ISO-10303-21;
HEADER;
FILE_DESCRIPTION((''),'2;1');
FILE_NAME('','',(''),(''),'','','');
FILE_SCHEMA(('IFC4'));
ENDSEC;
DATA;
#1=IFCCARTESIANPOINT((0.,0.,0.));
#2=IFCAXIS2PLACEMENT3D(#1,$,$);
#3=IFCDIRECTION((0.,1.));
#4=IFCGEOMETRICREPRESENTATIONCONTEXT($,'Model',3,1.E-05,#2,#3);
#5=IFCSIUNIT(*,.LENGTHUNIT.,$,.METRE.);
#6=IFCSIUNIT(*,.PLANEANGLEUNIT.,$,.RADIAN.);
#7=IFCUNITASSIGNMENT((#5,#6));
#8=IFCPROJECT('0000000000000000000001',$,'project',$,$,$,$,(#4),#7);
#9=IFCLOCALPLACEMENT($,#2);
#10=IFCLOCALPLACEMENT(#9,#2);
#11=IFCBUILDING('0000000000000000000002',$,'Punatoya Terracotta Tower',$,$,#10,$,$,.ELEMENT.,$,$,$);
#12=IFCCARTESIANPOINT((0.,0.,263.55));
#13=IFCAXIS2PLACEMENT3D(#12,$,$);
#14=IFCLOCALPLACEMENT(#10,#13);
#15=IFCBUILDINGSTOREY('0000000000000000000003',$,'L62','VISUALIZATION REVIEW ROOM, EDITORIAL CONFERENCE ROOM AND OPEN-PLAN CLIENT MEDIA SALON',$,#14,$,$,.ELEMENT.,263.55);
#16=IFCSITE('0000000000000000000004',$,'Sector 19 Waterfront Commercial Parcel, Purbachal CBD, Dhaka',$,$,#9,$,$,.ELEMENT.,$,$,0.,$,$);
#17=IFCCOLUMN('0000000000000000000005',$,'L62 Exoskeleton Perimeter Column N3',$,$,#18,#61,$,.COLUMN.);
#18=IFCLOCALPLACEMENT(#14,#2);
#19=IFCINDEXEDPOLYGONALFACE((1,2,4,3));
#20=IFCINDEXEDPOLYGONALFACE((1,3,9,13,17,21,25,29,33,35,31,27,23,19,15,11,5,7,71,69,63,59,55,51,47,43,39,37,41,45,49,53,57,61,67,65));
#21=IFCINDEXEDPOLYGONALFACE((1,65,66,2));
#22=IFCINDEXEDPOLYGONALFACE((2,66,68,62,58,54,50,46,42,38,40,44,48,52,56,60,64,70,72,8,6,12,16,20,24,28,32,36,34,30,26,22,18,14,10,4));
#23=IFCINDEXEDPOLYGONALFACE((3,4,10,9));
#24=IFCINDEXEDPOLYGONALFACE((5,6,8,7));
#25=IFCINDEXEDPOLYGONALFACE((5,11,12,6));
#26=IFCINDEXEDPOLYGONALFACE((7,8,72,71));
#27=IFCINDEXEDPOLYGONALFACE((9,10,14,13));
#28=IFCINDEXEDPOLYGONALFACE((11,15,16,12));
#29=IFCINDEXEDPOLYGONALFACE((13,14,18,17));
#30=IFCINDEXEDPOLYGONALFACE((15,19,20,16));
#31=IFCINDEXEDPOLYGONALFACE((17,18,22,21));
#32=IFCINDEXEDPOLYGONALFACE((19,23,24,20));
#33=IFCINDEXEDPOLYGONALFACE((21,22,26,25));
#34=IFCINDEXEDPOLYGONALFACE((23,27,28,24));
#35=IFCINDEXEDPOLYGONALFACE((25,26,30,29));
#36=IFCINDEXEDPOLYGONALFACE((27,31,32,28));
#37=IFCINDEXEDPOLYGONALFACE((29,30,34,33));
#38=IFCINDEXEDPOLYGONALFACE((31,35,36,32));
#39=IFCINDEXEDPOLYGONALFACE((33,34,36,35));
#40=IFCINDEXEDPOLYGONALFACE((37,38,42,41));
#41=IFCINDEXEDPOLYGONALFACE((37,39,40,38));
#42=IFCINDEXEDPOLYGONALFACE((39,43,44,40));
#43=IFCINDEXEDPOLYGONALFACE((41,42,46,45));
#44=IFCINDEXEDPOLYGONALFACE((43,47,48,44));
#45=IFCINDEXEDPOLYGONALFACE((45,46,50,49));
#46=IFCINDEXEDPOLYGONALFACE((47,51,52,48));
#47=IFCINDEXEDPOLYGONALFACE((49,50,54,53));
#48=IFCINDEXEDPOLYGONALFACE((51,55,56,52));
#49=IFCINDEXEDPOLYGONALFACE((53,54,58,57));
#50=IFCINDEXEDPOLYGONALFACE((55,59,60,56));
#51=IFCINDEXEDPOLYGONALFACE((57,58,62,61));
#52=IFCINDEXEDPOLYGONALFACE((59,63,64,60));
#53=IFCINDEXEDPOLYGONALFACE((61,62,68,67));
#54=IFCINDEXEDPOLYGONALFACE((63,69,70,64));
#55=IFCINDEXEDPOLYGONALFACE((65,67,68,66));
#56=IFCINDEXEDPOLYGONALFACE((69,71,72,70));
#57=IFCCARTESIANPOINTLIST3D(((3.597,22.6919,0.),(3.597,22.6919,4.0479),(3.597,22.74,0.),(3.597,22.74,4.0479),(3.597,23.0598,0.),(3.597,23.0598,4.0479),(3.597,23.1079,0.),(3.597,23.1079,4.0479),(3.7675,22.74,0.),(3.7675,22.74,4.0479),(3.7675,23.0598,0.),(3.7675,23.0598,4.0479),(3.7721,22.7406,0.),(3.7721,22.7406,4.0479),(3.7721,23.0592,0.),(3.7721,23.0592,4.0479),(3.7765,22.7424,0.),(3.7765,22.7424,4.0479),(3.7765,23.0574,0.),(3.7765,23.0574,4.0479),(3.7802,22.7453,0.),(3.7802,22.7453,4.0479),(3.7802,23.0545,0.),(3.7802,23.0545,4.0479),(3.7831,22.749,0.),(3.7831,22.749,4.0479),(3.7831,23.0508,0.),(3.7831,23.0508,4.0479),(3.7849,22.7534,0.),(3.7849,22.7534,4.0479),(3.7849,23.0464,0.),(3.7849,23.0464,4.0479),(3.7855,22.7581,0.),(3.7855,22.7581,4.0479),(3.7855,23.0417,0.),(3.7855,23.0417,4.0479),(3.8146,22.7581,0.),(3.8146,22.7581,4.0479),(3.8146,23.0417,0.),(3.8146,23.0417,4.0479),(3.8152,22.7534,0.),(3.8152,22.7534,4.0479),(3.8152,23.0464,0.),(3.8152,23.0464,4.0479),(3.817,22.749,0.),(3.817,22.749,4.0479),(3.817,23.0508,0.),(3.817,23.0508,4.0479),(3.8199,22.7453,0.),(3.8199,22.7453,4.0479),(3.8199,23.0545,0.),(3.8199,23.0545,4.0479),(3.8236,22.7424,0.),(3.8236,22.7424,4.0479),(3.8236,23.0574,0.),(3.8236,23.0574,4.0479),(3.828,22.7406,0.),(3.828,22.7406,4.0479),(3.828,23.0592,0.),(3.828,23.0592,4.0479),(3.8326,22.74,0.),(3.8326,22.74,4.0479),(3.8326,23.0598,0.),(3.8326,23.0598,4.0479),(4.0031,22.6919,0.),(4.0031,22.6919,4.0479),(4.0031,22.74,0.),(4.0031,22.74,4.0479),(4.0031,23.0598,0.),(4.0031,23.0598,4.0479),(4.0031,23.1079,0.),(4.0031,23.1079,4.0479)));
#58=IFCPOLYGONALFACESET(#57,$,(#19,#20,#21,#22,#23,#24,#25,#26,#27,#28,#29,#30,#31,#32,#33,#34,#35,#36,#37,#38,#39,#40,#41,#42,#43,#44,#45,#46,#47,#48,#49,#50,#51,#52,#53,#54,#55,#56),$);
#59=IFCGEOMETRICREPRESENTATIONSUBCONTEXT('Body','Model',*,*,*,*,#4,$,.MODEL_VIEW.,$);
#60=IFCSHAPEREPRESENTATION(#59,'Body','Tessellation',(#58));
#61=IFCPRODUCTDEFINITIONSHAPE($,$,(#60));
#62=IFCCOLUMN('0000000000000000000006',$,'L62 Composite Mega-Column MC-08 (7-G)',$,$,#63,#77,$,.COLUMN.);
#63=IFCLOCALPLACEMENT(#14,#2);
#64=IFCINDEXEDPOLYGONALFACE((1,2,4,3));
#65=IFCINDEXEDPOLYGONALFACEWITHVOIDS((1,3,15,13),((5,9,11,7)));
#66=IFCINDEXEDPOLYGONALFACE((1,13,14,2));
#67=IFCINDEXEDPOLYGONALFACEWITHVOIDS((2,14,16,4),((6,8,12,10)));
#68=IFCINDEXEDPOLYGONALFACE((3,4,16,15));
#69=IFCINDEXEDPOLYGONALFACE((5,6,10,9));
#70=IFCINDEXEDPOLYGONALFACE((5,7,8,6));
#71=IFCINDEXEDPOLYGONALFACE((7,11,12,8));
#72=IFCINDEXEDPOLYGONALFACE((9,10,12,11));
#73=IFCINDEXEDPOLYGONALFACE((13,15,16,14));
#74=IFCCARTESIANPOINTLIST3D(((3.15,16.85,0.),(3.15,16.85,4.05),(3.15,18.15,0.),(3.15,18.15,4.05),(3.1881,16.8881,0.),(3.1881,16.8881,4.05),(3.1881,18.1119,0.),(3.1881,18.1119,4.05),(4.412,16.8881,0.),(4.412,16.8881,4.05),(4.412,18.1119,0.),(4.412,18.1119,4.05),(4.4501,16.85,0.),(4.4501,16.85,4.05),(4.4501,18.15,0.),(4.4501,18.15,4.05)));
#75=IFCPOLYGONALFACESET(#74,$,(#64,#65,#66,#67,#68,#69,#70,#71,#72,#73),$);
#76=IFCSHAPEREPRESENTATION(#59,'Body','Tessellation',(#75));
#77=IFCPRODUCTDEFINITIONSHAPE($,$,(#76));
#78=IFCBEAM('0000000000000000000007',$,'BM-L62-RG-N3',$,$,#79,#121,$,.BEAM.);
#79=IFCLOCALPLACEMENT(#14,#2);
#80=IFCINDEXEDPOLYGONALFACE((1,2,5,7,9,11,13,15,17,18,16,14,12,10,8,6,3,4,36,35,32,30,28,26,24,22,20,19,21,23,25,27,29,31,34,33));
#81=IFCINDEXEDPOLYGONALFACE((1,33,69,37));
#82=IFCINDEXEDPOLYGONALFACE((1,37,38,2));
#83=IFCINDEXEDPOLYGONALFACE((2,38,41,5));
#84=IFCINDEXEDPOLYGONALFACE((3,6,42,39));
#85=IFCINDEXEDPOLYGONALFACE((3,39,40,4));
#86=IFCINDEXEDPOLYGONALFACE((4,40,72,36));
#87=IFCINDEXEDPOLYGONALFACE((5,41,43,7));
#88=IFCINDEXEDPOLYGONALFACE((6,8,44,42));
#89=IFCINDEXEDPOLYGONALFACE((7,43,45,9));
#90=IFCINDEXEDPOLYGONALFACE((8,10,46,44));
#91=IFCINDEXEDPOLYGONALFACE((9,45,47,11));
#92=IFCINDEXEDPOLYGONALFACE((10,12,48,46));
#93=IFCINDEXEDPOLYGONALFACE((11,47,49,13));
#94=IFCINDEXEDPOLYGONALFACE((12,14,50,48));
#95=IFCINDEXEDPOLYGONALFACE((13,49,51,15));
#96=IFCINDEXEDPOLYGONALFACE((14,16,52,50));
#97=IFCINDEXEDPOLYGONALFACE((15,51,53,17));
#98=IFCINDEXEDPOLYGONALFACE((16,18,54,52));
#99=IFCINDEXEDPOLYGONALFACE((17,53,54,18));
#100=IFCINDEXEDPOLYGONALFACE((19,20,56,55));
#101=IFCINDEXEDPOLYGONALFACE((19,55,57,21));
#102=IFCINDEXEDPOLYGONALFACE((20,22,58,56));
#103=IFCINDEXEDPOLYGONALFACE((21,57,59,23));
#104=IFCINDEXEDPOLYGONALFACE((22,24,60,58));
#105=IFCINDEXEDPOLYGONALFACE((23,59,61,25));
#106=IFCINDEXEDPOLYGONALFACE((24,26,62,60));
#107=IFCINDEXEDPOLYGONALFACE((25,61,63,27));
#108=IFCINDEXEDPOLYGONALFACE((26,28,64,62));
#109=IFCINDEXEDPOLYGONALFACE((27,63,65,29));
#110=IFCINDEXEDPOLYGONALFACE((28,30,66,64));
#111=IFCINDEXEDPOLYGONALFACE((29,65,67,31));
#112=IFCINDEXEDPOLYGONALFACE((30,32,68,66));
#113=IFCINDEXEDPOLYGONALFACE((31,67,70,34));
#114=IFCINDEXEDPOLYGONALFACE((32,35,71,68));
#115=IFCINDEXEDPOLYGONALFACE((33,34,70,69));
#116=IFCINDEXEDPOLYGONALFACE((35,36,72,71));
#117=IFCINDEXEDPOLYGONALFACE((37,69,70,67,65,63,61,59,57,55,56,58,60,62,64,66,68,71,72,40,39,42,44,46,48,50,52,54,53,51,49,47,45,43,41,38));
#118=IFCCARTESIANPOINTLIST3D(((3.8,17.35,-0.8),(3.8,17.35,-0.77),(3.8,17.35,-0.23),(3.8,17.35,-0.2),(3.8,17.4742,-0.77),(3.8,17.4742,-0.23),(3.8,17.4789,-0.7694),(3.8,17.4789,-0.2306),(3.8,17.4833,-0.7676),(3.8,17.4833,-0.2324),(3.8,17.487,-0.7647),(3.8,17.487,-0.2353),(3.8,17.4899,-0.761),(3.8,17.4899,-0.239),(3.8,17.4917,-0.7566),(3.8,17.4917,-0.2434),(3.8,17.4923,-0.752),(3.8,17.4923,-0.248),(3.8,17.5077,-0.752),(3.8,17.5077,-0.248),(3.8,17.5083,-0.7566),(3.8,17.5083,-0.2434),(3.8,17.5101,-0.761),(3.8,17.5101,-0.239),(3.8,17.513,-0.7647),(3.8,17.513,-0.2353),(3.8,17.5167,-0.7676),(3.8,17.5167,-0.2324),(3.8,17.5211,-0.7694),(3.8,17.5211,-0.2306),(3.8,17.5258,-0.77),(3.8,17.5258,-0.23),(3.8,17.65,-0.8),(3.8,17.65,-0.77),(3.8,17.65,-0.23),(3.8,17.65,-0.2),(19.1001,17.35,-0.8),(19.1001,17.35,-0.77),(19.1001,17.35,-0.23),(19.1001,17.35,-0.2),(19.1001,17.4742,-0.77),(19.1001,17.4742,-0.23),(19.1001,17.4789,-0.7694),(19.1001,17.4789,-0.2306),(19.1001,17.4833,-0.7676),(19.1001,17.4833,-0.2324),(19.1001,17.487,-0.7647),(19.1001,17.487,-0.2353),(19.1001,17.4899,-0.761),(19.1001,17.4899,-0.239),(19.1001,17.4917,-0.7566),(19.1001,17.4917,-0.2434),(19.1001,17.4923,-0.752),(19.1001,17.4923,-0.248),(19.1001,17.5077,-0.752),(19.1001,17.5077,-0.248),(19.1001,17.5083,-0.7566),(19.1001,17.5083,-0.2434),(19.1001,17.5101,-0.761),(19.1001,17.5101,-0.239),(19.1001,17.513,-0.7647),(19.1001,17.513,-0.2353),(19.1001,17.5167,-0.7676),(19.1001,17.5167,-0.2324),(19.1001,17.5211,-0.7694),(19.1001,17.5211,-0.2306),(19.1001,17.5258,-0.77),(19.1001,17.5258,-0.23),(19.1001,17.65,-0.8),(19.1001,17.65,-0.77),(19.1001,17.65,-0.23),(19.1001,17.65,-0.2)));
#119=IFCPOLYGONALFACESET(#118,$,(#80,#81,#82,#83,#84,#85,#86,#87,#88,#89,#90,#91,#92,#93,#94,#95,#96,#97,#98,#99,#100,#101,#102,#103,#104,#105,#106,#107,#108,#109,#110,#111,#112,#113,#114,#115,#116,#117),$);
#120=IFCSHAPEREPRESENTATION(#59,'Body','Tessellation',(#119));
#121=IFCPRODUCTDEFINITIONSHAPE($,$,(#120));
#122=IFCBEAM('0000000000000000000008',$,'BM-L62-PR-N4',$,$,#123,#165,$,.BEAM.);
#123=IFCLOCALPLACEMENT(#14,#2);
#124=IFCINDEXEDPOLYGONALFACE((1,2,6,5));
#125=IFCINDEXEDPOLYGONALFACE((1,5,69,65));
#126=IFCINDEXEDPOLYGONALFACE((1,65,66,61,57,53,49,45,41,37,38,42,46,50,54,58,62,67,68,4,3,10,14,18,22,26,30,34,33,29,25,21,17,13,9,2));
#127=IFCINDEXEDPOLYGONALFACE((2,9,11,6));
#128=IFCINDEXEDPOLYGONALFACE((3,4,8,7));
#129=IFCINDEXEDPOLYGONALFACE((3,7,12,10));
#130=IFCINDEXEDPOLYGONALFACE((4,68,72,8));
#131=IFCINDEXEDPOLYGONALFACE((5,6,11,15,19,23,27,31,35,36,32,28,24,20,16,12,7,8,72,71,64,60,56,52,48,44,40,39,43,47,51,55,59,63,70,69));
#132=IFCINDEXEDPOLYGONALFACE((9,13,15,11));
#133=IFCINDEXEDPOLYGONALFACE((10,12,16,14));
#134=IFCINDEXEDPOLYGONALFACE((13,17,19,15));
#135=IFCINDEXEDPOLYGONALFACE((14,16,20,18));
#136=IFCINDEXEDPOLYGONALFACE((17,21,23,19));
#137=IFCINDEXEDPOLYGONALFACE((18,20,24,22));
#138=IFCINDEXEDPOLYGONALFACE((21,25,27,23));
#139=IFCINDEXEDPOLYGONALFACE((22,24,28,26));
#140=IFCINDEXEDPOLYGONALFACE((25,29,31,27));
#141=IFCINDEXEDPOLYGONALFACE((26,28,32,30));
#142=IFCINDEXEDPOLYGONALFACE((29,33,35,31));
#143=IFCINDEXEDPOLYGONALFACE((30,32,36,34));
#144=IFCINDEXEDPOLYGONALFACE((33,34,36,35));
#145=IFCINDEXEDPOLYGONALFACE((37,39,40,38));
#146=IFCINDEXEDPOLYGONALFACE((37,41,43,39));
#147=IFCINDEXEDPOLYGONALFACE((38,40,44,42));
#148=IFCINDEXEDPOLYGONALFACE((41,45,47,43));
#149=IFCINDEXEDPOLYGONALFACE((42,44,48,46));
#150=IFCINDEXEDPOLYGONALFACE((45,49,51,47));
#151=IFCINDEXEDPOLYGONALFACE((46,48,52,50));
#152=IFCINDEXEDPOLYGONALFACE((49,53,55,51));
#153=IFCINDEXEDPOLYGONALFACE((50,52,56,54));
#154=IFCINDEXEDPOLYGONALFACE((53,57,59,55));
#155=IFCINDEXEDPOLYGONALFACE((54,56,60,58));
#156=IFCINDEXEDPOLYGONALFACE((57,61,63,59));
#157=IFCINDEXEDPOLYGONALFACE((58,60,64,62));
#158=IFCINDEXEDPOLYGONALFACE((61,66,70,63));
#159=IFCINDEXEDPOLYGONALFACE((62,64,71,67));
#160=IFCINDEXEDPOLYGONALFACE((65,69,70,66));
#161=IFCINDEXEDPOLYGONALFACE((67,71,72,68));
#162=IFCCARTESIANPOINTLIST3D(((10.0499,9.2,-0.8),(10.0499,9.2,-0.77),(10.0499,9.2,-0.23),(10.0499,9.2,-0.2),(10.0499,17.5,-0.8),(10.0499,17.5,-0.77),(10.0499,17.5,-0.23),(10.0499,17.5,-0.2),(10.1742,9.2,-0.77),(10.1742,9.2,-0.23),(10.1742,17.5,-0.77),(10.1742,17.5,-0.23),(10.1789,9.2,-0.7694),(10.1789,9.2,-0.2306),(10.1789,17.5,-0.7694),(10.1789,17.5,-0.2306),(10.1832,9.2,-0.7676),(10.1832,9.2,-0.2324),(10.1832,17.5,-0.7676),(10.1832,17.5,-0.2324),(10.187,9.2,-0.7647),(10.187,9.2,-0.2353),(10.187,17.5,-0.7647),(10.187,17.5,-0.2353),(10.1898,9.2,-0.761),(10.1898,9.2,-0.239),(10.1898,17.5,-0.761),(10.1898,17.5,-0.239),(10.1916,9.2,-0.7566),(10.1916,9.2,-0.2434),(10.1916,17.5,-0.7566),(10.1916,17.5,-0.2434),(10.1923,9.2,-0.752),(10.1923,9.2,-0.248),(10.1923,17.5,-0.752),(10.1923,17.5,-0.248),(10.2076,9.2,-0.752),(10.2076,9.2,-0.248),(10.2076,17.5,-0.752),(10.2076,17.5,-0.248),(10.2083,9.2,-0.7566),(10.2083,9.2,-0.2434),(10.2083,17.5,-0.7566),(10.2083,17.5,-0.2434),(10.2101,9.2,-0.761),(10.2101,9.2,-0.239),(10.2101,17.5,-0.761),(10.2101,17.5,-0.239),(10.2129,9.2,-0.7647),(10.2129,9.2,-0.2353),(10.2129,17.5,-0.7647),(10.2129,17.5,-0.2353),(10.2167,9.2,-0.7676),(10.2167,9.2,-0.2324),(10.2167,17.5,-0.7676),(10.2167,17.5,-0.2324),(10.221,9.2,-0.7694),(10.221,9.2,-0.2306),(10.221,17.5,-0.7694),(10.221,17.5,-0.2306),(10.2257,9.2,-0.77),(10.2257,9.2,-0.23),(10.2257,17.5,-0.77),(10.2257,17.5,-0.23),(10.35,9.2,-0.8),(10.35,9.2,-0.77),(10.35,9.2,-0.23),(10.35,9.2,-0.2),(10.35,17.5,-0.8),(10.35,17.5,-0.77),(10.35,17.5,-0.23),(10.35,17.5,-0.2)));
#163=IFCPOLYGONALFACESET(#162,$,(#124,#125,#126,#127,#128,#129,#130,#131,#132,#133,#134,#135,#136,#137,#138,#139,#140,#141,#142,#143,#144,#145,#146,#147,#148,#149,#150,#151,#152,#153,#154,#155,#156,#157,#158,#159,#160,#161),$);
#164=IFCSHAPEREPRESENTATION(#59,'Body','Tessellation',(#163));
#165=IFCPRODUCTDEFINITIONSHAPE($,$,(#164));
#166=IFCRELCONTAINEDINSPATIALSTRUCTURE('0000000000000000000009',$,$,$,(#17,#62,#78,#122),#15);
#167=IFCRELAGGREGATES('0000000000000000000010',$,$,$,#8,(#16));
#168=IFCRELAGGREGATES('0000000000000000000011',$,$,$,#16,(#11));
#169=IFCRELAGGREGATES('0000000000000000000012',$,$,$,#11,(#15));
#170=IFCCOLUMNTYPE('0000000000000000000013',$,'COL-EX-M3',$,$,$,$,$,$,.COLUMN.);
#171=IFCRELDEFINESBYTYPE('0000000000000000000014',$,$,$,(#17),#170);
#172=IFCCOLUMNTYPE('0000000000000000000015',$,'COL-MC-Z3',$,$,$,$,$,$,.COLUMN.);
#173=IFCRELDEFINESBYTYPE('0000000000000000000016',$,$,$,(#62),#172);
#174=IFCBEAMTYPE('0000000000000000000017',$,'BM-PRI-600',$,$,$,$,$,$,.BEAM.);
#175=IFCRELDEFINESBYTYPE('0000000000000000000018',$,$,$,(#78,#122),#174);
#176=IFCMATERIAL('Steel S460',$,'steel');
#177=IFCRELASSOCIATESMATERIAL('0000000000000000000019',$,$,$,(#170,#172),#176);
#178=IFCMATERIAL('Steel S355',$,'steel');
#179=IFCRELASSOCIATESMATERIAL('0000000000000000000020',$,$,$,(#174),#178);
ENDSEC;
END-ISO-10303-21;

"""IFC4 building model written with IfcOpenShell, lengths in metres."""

from ifc_helpers import new_model, si_unit, direction, frame, origin, origin_2d, place, context, subcontext, project, spatial, hollow_rectangle, i_section, extrude, material, material_profile, profile_set, type_object, element, save


model = new_model("IFC4")

# Units and contexts
model_context = context("Model", 3, precision=1e-05, world=origin(), true_north=direction((0.0, 1.0)))
body_context = subcontext(model_context, "Body", "Model", "MODEL_VIEW")
ifc_project = project(units=[si_unit("LENGTHUNIT", "METRE"), si_unit("PLANEANGLEUNIT", "RADIAN")], contexts=[model_context])

# Site, building, storey
site_placement = place(None, origin())
site = spatial("IfcSite", under=ifc_project, at=site_placement, Name="Sector 19 Waterfront Commercial Parcel, Purbachal CBD, Dhaka", CompositionType="ELEMENT", RefElevation=0.0)
building_placement = place(site_placement, origin())
building = spatial("IfcBuilding", under=site, at=building_placement, Name="Punatoya Terracotta Tower", CompositionType="ELEMENT")
storey_placement = place(building_placement, frame((0.0, 0.0, 263.55)))
storey = spatial("IfcBuildingStorey", under=building, at=storey_placement, Name="L62", Description="VISUALIZATION REVIEW ROOM, EDITORIAL CONFERENCE ROOM AND OPEN-PLAN CLIENT MEDIA SALON", CompositionType="ELEMENT", Elevation=263.55)

# Columns
ifc_material_1 = material(Name="Steel S460", Category="steel")
ifc_material_profile_1 = material_profile(ifc_material_1, i_section(OverallWidth=0.406, OverallDepth=0.416, WebThickness=0.0291, FlangeThickness=0.0481, FilletRadius=0.0181, at=origin_2d()))
ifc_profile_set_1 = profile_set([ifc_material_profile_1], Name="Steel S460")
column_type_1 = type_object("IfcColumnType", Name="COL-EX-M3", PredefinedType="COLUMN", material=ifc_profile_set_1)
column_1_placement = place(storey_placement, frame((3.8, 22.8999, 0.0), z_axis=(0.0, 0.0, 1.0), x_axis=(1.0, 0.0, 0.0)))
element("IfcColumn", 1, at=column_1_placement, inside=storey, type_object=column_type_1, Name="L62 Exoskeleton Perimeter Column N3", PredefinedType="COLUMN", context=body_context, shape_type="SweptSolid", body=[
    extrude(i_section(OverallWidth=0.406, OverallDepth=0.416, WebThickness=0.0291, FlangeThickness=0.0481, FilletRadius=0.0181, at=origin_2d()), origin(), (0.0, 0.0, 1.0), 4.0479),
])
ifc_material_profile_2 = material_profile(ifc_material_1, hollow_rectangle(XDim=1.3, YDim=1.3, WallThickness=0.0381, at=origin_2d()))
ifc_profile_set_2 = profile_set([ifc_material_profile_2], Name="Steel S460")
column_type_2 = type_object("IfcColumnType", Name="COL-MC-Z3", PredefinedType="COLUMN", material=ifc_profile_set_2)
column_2_placement = place(storey_placement, frame((3.8, 17.5, 0.0), z_axis=(0.0, 0.0, 1.0), x_axis=(1.0, 0.0, 0.0)))
element("IfcColumn", 2, at=column_2_placement, inside=storey, type_object=column_type_2, Name="L62 Composite Mega-Column MC-08 (7-G)", PredefinedType="COLUMN", context=body_context, shape_type="SweptSolid", body=[
    extrude(hollow_rectangle(XDim=1.3, YDim=1.3, WallThickness=0.0381, at=origin_2d()), origin(), (0.0, 0.0, 1.0), 4.05),
])

# Beams
ifc_material_2 = material(Name="Steel S355", Category="steel")
ifc_material_profile_3 = material_profile(ifc_material_2, i_section(OverallWidth=0.3, OverallDepth=0.6001, WebThickness=0.0154, FlangeThickness=0.03, FilletRadius=0.0181, at=origin_2d()))
ifc_profile_set_3 = profile_set([ifc_material_profile_3], Name="Steel S355")
beam_type_1 = type_object("IfcBeamType", Name="BM-PRI-600", PredefinedType="BEAM", material=ifc_profile_set_3)
beam_1_placement = place(storey_placement, frame((3.8, 17.5, -0.5), z_axis=(1.0, 0.0, 0.0), x_axis=(0.0, 1.0, 0.0)))
element("IfcBeam", 3, at=beam_1_placement, inside=storey, type_object=beam_type_1, Name="BM-L62-RG-N3", PredefinedType="BEAM", context=body_context, shape_type="SweptSolid", body=[
    extrude(i_section(OverallWidth=0.3, OverallDepth=0.6001, WebThickness=0.0154, FlangeThickness=0.03, FilletRadius=0.0181, at=origin_2d()), origin(), (0.0, 0.0, 1.0), 15.3),
])
beam_2_placement = place(storey_placement, frame((10.2, 9.2, -0.5), z_axis=(0.0, 1.0, 0.0), x_axis=(-1.0, 0.0, 0.0)))
element("IfcBeam", 4, at=beam_2_placement, inside=storey, type_object=beam_type_1, Name="BM-L62-PR-N4", PredefinedType="BEAM", context=body_context, shape_type="SweptSolid", body=[
    extrude(i_section(OverallWidth=0.3, OverallDepth=0.6001, WebThickness=0.0154, FlangeThickness=0.03, FilletRadius=0.0181, at=origin_2d()), origin(), (0.0, 0.0, 1.0), 8.3),
])

save(model, "model.ifc")
